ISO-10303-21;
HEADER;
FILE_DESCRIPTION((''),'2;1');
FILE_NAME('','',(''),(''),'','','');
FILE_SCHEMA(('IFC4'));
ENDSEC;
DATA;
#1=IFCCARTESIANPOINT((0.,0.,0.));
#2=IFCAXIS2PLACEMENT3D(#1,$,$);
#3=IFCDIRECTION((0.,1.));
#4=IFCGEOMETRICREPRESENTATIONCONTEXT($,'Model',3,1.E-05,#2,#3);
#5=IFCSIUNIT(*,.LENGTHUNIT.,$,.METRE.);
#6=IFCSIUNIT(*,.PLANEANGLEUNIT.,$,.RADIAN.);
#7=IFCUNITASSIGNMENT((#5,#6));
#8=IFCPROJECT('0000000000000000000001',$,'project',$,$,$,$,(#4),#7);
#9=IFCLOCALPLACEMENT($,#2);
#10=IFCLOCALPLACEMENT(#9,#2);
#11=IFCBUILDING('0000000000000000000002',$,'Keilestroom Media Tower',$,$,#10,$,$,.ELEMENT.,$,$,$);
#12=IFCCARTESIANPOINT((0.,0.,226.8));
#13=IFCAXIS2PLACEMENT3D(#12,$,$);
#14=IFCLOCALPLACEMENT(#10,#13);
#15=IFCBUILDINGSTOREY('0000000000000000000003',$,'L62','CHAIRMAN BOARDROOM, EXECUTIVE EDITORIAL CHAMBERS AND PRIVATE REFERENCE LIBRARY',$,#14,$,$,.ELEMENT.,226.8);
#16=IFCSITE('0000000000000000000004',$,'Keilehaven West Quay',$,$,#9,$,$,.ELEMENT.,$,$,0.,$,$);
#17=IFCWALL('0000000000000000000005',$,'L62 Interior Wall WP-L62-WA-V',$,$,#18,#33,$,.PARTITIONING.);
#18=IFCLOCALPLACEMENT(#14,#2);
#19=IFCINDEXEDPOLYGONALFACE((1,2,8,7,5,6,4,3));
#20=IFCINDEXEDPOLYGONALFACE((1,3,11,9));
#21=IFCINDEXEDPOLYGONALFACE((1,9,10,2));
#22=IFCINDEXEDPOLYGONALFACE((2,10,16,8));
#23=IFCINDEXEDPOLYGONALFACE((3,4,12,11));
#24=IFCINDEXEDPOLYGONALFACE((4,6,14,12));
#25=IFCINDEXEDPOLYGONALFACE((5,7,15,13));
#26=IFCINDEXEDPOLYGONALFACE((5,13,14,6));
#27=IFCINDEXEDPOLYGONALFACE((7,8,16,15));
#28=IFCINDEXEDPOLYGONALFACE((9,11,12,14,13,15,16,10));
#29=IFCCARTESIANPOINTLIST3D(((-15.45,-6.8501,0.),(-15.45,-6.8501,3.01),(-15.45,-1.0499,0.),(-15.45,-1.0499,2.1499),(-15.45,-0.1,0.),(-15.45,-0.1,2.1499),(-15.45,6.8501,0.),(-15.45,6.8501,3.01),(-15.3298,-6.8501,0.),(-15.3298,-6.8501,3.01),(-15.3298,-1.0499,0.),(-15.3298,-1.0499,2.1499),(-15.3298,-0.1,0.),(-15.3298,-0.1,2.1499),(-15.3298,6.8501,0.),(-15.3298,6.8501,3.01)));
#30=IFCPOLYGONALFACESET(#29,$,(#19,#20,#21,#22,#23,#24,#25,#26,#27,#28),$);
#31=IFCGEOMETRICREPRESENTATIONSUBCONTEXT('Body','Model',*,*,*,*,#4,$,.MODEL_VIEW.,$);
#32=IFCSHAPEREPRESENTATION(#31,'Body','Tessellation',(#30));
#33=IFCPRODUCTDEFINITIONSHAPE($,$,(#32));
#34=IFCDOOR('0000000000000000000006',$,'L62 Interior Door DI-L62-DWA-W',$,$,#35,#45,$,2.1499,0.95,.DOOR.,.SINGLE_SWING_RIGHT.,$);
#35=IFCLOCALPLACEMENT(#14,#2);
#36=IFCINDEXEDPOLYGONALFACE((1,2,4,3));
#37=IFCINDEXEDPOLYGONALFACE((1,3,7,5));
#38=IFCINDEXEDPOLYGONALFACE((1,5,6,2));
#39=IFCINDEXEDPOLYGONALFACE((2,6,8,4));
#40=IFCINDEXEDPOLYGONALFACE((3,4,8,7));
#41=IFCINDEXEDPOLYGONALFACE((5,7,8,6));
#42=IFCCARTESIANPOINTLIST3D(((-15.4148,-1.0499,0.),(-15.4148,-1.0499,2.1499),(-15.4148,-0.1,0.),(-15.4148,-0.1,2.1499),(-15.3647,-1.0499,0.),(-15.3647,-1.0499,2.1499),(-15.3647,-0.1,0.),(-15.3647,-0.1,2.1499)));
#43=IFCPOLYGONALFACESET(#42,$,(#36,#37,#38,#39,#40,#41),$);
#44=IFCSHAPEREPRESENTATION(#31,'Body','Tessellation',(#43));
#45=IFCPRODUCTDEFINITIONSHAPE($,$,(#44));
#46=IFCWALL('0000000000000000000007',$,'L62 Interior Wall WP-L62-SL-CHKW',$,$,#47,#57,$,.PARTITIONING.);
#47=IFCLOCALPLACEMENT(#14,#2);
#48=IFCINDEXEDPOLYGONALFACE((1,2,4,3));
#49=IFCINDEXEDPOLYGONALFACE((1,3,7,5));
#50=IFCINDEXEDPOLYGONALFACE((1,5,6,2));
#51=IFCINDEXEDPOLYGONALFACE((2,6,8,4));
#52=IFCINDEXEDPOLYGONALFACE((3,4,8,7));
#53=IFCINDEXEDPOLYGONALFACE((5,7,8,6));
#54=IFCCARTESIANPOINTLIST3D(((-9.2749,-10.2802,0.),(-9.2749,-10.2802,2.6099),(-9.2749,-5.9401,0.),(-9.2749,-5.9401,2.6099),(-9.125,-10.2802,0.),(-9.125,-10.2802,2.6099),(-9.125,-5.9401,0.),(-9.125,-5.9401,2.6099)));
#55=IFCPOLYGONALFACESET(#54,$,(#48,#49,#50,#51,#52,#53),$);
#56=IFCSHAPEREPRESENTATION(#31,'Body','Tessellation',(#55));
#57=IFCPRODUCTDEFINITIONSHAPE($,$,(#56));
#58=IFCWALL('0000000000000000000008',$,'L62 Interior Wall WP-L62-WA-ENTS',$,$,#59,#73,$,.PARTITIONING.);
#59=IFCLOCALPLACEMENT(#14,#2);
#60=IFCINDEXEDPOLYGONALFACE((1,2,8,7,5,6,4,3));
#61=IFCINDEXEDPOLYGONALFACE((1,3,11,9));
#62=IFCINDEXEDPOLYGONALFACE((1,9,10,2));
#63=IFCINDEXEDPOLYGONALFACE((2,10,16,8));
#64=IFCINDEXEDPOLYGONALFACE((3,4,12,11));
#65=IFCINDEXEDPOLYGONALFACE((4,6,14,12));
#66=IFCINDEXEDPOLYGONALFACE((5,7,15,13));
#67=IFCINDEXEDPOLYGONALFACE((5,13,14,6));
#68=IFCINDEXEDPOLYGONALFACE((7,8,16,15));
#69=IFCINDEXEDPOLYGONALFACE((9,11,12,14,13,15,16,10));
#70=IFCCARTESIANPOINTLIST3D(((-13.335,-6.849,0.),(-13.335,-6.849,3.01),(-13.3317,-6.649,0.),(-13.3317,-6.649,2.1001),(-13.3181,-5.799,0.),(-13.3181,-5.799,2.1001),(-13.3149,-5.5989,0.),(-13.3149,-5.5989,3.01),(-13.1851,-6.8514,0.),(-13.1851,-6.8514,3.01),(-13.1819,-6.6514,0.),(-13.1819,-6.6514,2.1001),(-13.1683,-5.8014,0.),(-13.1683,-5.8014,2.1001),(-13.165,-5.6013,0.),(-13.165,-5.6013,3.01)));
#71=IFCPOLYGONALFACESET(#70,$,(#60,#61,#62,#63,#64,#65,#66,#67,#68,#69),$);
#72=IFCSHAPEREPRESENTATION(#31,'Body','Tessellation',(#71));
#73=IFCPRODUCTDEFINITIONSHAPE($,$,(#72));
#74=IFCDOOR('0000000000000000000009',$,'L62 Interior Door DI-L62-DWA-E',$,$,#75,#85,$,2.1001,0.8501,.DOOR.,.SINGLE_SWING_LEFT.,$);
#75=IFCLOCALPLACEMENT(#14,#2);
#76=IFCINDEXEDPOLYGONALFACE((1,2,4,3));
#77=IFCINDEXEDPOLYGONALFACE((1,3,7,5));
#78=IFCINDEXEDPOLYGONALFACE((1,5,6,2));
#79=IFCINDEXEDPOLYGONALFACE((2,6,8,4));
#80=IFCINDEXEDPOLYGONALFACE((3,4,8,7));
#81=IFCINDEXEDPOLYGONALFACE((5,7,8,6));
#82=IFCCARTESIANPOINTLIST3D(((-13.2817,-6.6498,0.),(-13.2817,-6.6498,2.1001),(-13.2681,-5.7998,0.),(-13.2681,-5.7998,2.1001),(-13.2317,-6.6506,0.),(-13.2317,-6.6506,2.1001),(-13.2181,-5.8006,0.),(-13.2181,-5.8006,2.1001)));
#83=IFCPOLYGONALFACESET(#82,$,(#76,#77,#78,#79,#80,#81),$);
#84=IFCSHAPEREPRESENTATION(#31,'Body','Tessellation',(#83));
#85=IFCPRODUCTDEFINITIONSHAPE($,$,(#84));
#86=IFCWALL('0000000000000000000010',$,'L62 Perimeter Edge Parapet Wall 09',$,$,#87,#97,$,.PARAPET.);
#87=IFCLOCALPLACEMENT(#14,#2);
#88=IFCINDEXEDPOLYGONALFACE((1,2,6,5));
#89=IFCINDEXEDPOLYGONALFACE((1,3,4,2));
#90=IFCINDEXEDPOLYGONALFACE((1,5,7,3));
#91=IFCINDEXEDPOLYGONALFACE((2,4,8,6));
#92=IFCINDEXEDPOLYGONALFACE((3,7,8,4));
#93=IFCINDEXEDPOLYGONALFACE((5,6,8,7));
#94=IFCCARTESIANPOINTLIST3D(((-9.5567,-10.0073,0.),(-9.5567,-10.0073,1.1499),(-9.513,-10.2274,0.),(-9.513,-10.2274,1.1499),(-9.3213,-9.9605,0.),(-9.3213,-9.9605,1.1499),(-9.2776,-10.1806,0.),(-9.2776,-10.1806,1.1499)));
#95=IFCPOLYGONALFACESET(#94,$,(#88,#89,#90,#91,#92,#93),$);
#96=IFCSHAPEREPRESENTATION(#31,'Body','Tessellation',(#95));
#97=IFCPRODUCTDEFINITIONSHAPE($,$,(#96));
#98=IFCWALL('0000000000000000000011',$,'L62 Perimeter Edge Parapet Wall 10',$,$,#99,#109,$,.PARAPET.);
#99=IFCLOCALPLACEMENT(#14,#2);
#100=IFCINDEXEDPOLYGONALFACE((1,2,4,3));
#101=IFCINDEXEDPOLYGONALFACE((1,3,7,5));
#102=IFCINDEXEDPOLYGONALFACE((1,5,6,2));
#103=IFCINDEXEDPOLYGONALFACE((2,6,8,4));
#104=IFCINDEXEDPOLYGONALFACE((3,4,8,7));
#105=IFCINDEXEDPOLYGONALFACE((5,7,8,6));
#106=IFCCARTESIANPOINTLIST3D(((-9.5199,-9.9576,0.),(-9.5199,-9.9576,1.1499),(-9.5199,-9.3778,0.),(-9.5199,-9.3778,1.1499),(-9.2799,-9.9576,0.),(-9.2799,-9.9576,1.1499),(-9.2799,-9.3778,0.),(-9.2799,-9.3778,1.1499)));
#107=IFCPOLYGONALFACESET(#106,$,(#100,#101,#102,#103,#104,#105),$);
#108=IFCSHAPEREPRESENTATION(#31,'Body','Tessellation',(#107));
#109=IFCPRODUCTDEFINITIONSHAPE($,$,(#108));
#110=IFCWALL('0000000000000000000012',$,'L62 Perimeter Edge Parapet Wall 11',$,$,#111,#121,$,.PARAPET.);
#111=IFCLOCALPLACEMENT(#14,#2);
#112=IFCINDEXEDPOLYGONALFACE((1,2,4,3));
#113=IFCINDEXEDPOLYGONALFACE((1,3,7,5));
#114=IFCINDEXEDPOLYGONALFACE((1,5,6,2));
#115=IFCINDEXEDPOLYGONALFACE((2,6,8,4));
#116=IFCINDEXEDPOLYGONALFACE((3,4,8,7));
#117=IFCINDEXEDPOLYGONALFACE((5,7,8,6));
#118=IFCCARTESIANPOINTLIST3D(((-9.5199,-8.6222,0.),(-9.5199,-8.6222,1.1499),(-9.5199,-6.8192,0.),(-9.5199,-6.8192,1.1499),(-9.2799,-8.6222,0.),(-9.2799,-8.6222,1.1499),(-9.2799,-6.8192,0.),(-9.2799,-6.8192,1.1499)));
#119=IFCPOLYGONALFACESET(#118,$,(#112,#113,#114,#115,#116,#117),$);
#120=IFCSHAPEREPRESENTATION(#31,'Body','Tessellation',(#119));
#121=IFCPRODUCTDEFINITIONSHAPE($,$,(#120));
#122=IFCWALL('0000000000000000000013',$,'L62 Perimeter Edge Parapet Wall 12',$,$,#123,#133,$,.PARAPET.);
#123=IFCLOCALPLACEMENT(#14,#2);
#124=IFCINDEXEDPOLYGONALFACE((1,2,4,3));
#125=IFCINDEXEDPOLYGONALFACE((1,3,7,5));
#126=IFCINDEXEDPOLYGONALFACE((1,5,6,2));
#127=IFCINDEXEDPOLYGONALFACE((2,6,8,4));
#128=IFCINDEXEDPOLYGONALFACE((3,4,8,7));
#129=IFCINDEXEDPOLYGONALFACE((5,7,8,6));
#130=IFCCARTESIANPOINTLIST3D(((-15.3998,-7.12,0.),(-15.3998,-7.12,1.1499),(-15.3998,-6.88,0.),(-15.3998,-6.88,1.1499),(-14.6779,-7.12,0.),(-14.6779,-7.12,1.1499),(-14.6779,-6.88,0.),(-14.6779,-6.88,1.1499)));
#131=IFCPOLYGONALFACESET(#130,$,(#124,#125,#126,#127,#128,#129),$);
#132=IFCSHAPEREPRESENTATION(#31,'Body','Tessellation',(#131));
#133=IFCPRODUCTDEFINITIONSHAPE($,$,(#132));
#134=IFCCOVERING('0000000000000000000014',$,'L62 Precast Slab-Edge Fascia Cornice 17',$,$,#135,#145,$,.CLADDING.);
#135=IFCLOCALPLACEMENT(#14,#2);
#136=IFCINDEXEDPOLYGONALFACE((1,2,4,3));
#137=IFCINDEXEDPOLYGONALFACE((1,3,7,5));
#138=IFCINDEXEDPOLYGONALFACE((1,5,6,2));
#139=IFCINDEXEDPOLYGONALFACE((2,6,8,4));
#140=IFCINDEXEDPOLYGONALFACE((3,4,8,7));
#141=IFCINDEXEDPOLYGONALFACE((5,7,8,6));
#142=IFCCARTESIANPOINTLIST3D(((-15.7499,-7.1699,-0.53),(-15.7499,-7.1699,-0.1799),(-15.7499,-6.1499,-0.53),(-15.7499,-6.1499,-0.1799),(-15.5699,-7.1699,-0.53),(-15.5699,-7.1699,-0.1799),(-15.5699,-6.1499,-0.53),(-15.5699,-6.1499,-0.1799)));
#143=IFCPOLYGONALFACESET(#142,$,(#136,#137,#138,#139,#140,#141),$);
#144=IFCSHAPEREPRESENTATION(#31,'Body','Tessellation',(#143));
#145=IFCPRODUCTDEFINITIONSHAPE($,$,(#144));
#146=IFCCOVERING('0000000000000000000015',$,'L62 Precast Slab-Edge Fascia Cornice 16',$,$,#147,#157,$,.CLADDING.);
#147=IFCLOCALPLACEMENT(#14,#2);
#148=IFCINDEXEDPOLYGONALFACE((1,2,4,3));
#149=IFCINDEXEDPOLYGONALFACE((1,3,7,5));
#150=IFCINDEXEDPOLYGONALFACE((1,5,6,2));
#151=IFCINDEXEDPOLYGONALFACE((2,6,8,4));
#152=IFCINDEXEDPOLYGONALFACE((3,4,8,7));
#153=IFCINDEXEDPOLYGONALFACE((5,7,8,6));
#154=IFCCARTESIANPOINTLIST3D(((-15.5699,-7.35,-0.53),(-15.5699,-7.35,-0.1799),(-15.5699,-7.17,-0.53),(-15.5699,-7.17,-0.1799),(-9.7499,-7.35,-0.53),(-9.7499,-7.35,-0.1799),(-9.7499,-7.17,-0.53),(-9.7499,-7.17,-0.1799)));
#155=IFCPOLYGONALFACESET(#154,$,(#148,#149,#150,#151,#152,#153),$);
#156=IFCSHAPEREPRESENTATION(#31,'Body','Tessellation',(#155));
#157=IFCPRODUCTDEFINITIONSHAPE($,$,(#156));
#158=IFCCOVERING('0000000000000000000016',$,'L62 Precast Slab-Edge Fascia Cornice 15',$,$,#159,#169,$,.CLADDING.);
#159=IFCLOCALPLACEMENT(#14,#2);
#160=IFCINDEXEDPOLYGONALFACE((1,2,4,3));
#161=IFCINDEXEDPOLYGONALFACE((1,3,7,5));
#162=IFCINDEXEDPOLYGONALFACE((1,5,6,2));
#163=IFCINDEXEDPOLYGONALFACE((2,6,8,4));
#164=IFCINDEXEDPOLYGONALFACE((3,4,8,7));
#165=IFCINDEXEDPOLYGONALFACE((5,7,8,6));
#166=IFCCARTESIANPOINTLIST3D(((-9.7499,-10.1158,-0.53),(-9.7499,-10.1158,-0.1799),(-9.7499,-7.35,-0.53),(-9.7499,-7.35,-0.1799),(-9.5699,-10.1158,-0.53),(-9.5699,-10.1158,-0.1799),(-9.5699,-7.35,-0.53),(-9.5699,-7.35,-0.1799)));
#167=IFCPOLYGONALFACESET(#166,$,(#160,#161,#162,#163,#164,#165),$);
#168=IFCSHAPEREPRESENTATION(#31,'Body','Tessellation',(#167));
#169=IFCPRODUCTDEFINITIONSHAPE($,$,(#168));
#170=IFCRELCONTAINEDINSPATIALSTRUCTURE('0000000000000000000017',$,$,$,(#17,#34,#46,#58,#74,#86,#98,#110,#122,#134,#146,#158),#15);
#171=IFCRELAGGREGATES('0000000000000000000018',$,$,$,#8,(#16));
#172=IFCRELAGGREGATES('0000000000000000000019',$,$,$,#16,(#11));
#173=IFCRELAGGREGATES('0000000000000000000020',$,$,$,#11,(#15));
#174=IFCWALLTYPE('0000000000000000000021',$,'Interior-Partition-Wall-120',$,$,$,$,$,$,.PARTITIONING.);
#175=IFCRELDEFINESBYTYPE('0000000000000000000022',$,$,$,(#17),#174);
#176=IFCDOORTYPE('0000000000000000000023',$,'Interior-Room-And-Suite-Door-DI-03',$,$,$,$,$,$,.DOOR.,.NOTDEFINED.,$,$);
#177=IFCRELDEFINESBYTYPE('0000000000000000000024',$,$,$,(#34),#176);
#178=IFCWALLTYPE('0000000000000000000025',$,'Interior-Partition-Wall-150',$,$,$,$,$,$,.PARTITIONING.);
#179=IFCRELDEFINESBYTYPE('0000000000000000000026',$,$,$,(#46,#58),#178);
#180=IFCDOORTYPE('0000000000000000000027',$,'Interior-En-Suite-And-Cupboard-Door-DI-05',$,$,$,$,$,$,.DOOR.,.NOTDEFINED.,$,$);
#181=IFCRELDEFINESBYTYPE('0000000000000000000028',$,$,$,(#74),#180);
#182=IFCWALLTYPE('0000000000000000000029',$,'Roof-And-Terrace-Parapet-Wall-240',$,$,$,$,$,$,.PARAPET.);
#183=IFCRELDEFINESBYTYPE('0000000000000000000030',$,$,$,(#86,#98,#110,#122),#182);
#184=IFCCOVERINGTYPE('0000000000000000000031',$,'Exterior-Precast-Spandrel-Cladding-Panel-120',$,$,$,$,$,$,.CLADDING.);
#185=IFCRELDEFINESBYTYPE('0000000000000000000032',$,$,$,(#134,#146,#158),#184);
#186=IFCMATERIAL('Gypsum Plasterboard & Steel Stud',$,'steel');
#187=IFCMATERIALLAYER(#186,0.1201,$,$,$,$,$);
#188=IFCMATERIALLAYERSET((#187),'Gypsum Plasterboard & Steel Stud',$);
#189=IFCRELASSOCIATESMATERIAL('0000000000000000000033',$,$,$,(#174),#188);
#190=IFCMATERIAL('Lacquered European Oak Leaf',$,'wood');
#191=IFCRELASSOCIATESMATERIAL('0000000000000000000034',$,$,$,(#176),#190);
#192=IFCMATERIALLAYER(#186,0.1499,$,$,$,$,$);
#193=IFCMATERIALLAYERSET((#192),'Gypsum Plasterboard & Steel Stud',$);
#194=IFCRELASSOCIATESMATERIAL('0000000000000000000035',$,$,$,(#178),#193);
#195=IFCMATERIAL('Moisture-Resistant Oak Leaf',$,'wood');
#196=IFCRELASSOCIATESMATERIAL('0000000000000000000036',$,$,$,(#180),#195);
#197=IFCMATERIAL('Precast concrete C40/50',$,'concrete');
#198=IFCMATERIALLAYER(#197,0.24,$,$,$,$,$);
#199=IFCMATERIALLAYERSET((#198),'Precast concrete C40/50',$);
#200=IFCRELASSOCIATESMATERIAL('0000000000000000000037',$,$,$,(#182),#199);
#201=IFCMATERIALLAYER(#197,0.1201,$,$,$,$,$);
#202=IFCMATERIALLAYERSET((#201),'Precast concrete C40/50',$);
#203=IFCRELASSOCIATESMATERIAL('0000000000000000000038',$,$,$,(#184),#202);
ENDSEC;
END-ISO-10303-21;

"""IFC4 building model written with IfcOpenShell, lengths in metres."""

from ifc_helpers import new_model, si_unit, direction, frame, frame_2d, origin, origin_2d, place, context, subcontext, project, spatial, rectangle, extrude, source, transform, mapped, material, layer, layer_set, type_object, element, fill, save


model = new_model("IFC4")

# Units and contexts
model_context = context("Model", 3, precision=1e-05, world=origin(), true_north=direction((0.0, 1.0)))
body_context = subcontext(model_context, "Body", "Model", "MODEL_VIEW")
ifc_project = project(units=[si_unit("LENGTHUNIT", "METRE"), si_unit("PLANEANGLEUNIT", "RADIAN")], contexts=[model_context])

# Site, building, storey
site_placement = place(None, origin())
site = spatial("IfcSite", under=ifc_project, at=site_placement, Name="Keilehaven West Quay", CompositionType="ELEMENT", RefElevation=0.0)
building_placement = place(site_placement, origin())
building = spatial("IfcBuilding", under=site, at=building_placement, Name="Keilestroom Media Tower", CompositionType="ELEMENT")
storey_placement = place(building_placement, frame((0.0, 0.0, 226.8)))
storey = spatial("IfcBuildingStorey", under=building, at=storey_placement, Name="L62", Description="CHAIRMAN BOARDROOM, EXECUTIVE EDITORIAL CHAMBERS AND PRIVATE REFERENCE LIBRARY", CompositionType="ELEMENT", Elevation=226.8)

# Shared definitions
ifc_material_1 = material(Name="Precast concrete C40/50", Category="concrete")

# Wall, opening, door
ifc_material_2 = material(Name="Gypsum Plasterboard & Steel Stud", Category="steel")
ifc_layer_1 = layer(ifc_material_2, 0.1201)
ifc_layer_set_1 = layer_set([ifc_layer_1], Name="Gypsum Plasterboard & Steel Stud")
wall_type_1 = type_object("IfcWallType", Name="Interior-Partition-Wall-120", PredefinedType="PARTITIONING", material=ifc_layer_set_1)
wall_1_placement = place(storey_placement, frame((-15.3899, -6.8501, 0.0), z_axis=(0.0, 0.0, 1.0), x_axis=(0.0, 1.0, 0.0)))
wall_1 = element("IfcWall", 1, at=wall_1_placement, inside=storey, type_object=wall_type_1, Name="L62 Interior Wall WP-L62-WA-V", PredefinedType="PARTITIONING", context=body_context, shape_type="SweptSolid", body=[
    extrude(rectangle(XDim=13.7002, YDim=0.1201, at=frame_2d((6.8501, 0.0))), origin(), (0.0, 0.0, 1.0), 3.01),
])
opening_1_placement = place(wall_1_placement, frame((5.8, 0.0, 0.0)))
opening_1 = element("IfcOpeningElement", 2, at=opening_1_placement, cuts=wall_1, PredefinedType="OPENING", context=body_context, shape_type="SweptSolid", body=[
    extrude(rectangle(XDim=0.95, YDim=2.1499, at=frame_2d((0.4751, 1.075))), frame((0.0, 0.0701, 0.0), z_axis=(0.0, -1.0, 0.0), x_axis=(1.0, 0.0, 0.0)), (0.0, 0.0, 1.0), 0.1401),
])
ifc_material_3 = material(Name="Lacquered European Oak Leaf", Category="wood")
door_type_1 = type_object("IfcDoorType", Name="Interior-Room-And-Suite-Door-DI-03", OperationType="NOTDEFINED", PredefinedType="DOOR", material=ifc_material_3)
shared_shape_1 = source(origin(), body_context, "Body", "SweptSolid", [
    extrude(rectangle(XDim=0.95, YDim=2.1499, at=frame_2d((0.4751, 1.075))), frame((0.0, 0.0249, 0.0), z_axis=(0.0, -1.0, 0.0), x_axis=(1.0, 0.0, 0.0)), (0.0, 0.0, 1.0), 0.05),
])
door_1_placement = place(opening_1_placement, origin())
door_1 = element("IfcDoor", 3, at=door_1_placement, inside=storey, type_object=door_type_1, Name="L62 Interior Door DI-L62-DWA-W", OperationType="SINGLE_SWING_RIGHT", OverallHeight=2.1499, OverallWidth=0.95, PredefinedType="DOOR", context=body_context, shape_type="MappedRepresentation", body=[
    mapped(shared_shape_1, transform((0.0, 0.0, 0.0), x_axis=(1.0, 0.0, 0.0), y_axis=(0.0, 1.0, 0.0), z_axis=(0.0, 0.0, 1.0), scale=1.0)),
])
fill(opening_1, door_1)

# Wall
ifc_layer_2 = layer(ifc_material_2, 0.1499)
ifc_layer_set_2 = layer_set([ifc_layer_2], Name="Gypsum Plasterboard & Steel Stud")
wall_type_2 = type_object("IfcWallType", Name="Interior-Partition-Wall-150", PredefinedType="PARTITIONING", material=ifc_layer_set_2)
wall_2_placement = place(storey_placement, frame((-9.2, -10.28, 0.0), z_axis=(0.0, 0.0, 1.0), x_axis=(0.0, 1.0, 0.0)))
element("IfcWall", 4, at=wall_2_placement, inside=storey, type_object=wall_type_2, Name="L62 Interior Wall WP-L62-SL-CHKW", PredefinedType="PARTITIONING", context=body_context, shape_type="SweptSolid", body=[
    extrude(rectangle(XDim=4.3401, YDim=0.1499, at=frame_2d((2.1699, 0.0))), origin(), (0.0, 0.0, 1.0), 2.6099),
])

# Wall, opening, door
wall_3_placement = place(storey_placement, frame((-13.26, -6.8501, 0.0), z_axis=(0.0, 0.0, 1.0), x_axis=(0.016014, 0.999872, 0.0)))
wall_3 = element("IfcWall", 5, at=wall_3_placement, inside=storey, type_object=wall_type_2, Name="L62 Interior Wall WP-L62-WA-ENTS", PredefinedType="PARTITIONING", context=body_context, shape_type="SweptSolid", body=[
    extrude(rectangle(XDim=1.2502, YDim=0.1499, at=frame_2d((0.625, 0.0))), origin(), (0.0, 0.0, 1.0), 3.01),
])
opening_2_placement = place(wall_3_placement, frame((0.2, 0.0, 0.0)))
opening_2 = element("IfcOpeningElement", 6, at=opening_2_placement, cuts=wall_3, PredefinedType="OPENING", context=body_context, shape_type="SweptSolid", body=[
    extrude(rectangle(XDim=0.8501, YDim=2.1001, at=frame_2d((0.425, 1.05))), frame((0.0, 0.085, 0.0), z_axis=(0.0, -1.0, 0.0), x_axis=(1.0, 0.0, 0.0)), (0.0, 0.0, 1.0), 0.1699),
])
ifc_material_4 = material(Name="Moisture-Resistant Oak Leaf", Category="wood")
door_type_2 = type_object("IfcDoorType", Name="Interior-En-Suite-And-Cupboard-Door-DI-05", OperationType="NOTDEFINED", PredefinedType="DOOR", material=ifc_material_4)
shared_shape_2 = source(origin(), body_context, "Body", "SweptSolid", [
    extrude(rectangle(XDim=0.8501, YDim=2.1001, at=frame_2d((0.425, 1.05))), frame((0.0, 0.0249, 0.0), z_axis=(0.0, -1.0, 0.0), x_axis=(1.0, 0.0, 0.0)), (0.0, 0.0, 1.0), 0.05),
])
door_2_placement = place(opening_2_placement, origin())
door_2 = element("IfcDoor", 7, at=door_2_placement, inside=storey, type_object=door_type_2, Name="L62 Interior Door DI-L62-DWA-E", OperationType="SINGLE_SWING_LEFT", OverallHeight=2.1001, OverallWidth=0.8501, PredefinedType="DOOR", context=body_context, shape_type="MappedRepresentation", body=[
    mapped(shared_shape_2, transform((0.0, 0.0, 0.0), x_axis=(1.0, 0.0, 0.0), y_axis=(0.0, 1.0, 0.0), z_axis=(0.0, 0.0, 1.0), scale=1.0)),
])
fill(opening_2, door_2)

# Walls
ifc_layer_3 = layer(ifc_material_1, 0.24)
ifc_layer_set_3 = layer_set([ifc_layer_3], Name="Precast concrete C40/50")
wall_type_3 = type_object("IfcWallType", Name="Roof-And-Terrace-Parapet-Wall-240", PredefinedType="PARAPET", material=ifc_layer_set_3)
wall_4_placement = place(storey_placement, frame((-9.3953, -10.2041, 0.0), z_axis=(0.0, 0.0, 1.0), x_axis=(-0.19486, 0.980831, 0.0)))
element("IfcWall", 8, at=wall_4_placement, inside=storey, type_object=wall_type_3, Name="L62 Perimeter Edge Parapet Wall 09", PredefinedType="PARAPET", context=body_context, shape_type="SweptSolid", body=[
    extrude(rectangle(XDim=0.2244, YDim=0.24, at=frame_2d((0.1123, 0.0))), origin(), (0.0, 0.0, 1.0), 1.1499),
])
wall_5_placement = place(storey_placement, frame((-9.3999, -9.9578, 0.0), z_axis=(0.0, 0.0, 1.0), x_axis=(0.0, 1.0, 0.0)))
element("IfcWall", 9, at=wall_5_placement, inside=storey, type_object=wall_type_3, Name="L62 Perimeter Edge Parapet Wall 10", PredefinedType="PARAPET", context=body_context, shape_type="SweptSolid", body=[
    extrude(rectangle(XDim=0.5798, YDim=0.24, at=frame_2d((0.29, 0.0))), origin(), (0.0, 0.0, 1.0), 1.1499),
])
wall_6_placement = place(storey_placement, frame((-9.3999, -8.6221, 0.0), z_axis=(0.0, 0.0, 1.0), x_axis=(0.0, 1.0, 0.0)))
element("IfcWall", 10, at=wall_6_placement, inside=storey, type_object=wall_type_3, Name="L62 Perimeter Edge Parapet Wall 11", PredefinedType="PARAPET", context=body_context, shape_type="SweptSolid", body=[
    extrude(rectangle(XDim=1.803, YDim=0.24, at=frame_2d((0.9014, 0.0))), origin(), (0.0, 0.0, 1.0), 1.1499),
])
wall_7_placement = place(storey_placement, frame((-14.678, -7.0, 0.0), z_axis=(0.0, 0.0, 1.0), x_axis=(-1.0, 0.0, 0.0)))
element("IfcWall", 11, at=wall_7_placement, inside=storey, type_object=wall_type_3, Name="L62 Perimeter Edge Parapet Wall 12", PredefinedType="PARAPET", context=body_context, shape_type="SweptSolid", body=[
    extrude(rectangle(XDim=0.7219, YDim=0.24, at=frame_2d((0.3608, 0.0))), origin(), (0.0, 0.0, 1.0), 1.1499),
])

# Coverings
ifc_layer_4 = layer(ifc_material_1, 0.1201)
ifc_layer_set_4 = layer_set([ifc_layer_4], Name="Precast concrete C40/50")
covering_type = type_object("IfcCoveringType", Name="Exterior-Precast-Spandrel-Cladding-Panel-120", PredefinedType="CLADDING", material=ifc_layer_set_4)
shared_shape_3 = source(origin(), body_context, "Body", "SweptSolid", [
    extrude(rectangle(XDim=1.02, YDim=0.1799, at=origin_2d()), origin(), (0.0, 0.0, 1.0), 0.3501),
])
covering_1_placement = place(storey_placement, frame((-15.6599, -6.6599, -0.53), z_axis=(0.0, 0.0, 1.0), x_axis=(0.0, 1.0, 0.0)))
element("IfcCovering", 12, at=covering_1_placement, inside=storey, type_object=covering_type, Name="L62 Precast Slab-Edge Fascia Cornice 17", PredefinedType="CLADDING", context=body_context, shape_type="MappedRepresentation", body=[
    mapped(shared_shape_3, transform((0.0, 0.0, 0.0), x_axis=(1.0, 0.0, 0.0), y_axis=(0.0, 1.0, 0.0), z_axis=(0.0, 0.0, 1.0), scale=1.0)),
])
shared_shape_4 = source(origin(), body_context, "Body", "SweptSolid", [
    extrude(rectangle(XDim=5.8201, YDim=0.1799, at=origin_2d()), origin(), (0.0, 0.0, 1.0), 0.3501),
])
covering_2_placement = place(storey_placement, frame((-12.6599, -7.26, -0.53), z_axis=(0.0, 0.0, 1.0), x_axis=(-1.0, 0.0, 0.0)))
element("IfcCovering", 13, at=covering_2_placement, inside=storey, type_object=covering_type, Name="L62 Precast Slab-Edge Fascia Cornice 16", PredefinedType="CLADDING", context=body_context, shape_type="MappedRepresentation", body=[
    mapped(shared_shape_4, transform((0.0, 0.0, 0.0), x_axis=(1.0, 0.0, 0.0), y_axis=(0.0, 1.0, 0.0), z_axis=(0.0, 0.0, 1.0), scale=1.0)),
])
shared_shape_5 = source(origin(), body_context, "Body", "SweptSolid", [
    extrude(rectangle(XDim=2.7659, YDim=0.1799, at=origin_2d()), origin(), (0.0, 0.0, 1.0), 0.3501),
])
covering_3_placement = place(storey_placement, frame((-9.6599, -8.7329, -0.53), z_axis=(0.0, 0.0, 1.0), x_axis=(0.0, 1.0, 0.0)))
element("IfcCovering", 14, at=covering_3_placement, inside=storey, type_object=covering_type, Name="L62 Precast Slab-Edge Fascia Cornice 15", PredefinedType="CLADDING", context=body_context, shape_type="MappedRepresentation", body=[
    mapped(shared_shape_5, transform((0.0, 0.0, 0.0), x_axis=(1.0, 0.0, 0.0), y_axis=(0.0, 1.0, 0.0), z_axis=(0.0, 0.0, 1.0), scale=1.0)),
])

save(model, "model.ifc")
